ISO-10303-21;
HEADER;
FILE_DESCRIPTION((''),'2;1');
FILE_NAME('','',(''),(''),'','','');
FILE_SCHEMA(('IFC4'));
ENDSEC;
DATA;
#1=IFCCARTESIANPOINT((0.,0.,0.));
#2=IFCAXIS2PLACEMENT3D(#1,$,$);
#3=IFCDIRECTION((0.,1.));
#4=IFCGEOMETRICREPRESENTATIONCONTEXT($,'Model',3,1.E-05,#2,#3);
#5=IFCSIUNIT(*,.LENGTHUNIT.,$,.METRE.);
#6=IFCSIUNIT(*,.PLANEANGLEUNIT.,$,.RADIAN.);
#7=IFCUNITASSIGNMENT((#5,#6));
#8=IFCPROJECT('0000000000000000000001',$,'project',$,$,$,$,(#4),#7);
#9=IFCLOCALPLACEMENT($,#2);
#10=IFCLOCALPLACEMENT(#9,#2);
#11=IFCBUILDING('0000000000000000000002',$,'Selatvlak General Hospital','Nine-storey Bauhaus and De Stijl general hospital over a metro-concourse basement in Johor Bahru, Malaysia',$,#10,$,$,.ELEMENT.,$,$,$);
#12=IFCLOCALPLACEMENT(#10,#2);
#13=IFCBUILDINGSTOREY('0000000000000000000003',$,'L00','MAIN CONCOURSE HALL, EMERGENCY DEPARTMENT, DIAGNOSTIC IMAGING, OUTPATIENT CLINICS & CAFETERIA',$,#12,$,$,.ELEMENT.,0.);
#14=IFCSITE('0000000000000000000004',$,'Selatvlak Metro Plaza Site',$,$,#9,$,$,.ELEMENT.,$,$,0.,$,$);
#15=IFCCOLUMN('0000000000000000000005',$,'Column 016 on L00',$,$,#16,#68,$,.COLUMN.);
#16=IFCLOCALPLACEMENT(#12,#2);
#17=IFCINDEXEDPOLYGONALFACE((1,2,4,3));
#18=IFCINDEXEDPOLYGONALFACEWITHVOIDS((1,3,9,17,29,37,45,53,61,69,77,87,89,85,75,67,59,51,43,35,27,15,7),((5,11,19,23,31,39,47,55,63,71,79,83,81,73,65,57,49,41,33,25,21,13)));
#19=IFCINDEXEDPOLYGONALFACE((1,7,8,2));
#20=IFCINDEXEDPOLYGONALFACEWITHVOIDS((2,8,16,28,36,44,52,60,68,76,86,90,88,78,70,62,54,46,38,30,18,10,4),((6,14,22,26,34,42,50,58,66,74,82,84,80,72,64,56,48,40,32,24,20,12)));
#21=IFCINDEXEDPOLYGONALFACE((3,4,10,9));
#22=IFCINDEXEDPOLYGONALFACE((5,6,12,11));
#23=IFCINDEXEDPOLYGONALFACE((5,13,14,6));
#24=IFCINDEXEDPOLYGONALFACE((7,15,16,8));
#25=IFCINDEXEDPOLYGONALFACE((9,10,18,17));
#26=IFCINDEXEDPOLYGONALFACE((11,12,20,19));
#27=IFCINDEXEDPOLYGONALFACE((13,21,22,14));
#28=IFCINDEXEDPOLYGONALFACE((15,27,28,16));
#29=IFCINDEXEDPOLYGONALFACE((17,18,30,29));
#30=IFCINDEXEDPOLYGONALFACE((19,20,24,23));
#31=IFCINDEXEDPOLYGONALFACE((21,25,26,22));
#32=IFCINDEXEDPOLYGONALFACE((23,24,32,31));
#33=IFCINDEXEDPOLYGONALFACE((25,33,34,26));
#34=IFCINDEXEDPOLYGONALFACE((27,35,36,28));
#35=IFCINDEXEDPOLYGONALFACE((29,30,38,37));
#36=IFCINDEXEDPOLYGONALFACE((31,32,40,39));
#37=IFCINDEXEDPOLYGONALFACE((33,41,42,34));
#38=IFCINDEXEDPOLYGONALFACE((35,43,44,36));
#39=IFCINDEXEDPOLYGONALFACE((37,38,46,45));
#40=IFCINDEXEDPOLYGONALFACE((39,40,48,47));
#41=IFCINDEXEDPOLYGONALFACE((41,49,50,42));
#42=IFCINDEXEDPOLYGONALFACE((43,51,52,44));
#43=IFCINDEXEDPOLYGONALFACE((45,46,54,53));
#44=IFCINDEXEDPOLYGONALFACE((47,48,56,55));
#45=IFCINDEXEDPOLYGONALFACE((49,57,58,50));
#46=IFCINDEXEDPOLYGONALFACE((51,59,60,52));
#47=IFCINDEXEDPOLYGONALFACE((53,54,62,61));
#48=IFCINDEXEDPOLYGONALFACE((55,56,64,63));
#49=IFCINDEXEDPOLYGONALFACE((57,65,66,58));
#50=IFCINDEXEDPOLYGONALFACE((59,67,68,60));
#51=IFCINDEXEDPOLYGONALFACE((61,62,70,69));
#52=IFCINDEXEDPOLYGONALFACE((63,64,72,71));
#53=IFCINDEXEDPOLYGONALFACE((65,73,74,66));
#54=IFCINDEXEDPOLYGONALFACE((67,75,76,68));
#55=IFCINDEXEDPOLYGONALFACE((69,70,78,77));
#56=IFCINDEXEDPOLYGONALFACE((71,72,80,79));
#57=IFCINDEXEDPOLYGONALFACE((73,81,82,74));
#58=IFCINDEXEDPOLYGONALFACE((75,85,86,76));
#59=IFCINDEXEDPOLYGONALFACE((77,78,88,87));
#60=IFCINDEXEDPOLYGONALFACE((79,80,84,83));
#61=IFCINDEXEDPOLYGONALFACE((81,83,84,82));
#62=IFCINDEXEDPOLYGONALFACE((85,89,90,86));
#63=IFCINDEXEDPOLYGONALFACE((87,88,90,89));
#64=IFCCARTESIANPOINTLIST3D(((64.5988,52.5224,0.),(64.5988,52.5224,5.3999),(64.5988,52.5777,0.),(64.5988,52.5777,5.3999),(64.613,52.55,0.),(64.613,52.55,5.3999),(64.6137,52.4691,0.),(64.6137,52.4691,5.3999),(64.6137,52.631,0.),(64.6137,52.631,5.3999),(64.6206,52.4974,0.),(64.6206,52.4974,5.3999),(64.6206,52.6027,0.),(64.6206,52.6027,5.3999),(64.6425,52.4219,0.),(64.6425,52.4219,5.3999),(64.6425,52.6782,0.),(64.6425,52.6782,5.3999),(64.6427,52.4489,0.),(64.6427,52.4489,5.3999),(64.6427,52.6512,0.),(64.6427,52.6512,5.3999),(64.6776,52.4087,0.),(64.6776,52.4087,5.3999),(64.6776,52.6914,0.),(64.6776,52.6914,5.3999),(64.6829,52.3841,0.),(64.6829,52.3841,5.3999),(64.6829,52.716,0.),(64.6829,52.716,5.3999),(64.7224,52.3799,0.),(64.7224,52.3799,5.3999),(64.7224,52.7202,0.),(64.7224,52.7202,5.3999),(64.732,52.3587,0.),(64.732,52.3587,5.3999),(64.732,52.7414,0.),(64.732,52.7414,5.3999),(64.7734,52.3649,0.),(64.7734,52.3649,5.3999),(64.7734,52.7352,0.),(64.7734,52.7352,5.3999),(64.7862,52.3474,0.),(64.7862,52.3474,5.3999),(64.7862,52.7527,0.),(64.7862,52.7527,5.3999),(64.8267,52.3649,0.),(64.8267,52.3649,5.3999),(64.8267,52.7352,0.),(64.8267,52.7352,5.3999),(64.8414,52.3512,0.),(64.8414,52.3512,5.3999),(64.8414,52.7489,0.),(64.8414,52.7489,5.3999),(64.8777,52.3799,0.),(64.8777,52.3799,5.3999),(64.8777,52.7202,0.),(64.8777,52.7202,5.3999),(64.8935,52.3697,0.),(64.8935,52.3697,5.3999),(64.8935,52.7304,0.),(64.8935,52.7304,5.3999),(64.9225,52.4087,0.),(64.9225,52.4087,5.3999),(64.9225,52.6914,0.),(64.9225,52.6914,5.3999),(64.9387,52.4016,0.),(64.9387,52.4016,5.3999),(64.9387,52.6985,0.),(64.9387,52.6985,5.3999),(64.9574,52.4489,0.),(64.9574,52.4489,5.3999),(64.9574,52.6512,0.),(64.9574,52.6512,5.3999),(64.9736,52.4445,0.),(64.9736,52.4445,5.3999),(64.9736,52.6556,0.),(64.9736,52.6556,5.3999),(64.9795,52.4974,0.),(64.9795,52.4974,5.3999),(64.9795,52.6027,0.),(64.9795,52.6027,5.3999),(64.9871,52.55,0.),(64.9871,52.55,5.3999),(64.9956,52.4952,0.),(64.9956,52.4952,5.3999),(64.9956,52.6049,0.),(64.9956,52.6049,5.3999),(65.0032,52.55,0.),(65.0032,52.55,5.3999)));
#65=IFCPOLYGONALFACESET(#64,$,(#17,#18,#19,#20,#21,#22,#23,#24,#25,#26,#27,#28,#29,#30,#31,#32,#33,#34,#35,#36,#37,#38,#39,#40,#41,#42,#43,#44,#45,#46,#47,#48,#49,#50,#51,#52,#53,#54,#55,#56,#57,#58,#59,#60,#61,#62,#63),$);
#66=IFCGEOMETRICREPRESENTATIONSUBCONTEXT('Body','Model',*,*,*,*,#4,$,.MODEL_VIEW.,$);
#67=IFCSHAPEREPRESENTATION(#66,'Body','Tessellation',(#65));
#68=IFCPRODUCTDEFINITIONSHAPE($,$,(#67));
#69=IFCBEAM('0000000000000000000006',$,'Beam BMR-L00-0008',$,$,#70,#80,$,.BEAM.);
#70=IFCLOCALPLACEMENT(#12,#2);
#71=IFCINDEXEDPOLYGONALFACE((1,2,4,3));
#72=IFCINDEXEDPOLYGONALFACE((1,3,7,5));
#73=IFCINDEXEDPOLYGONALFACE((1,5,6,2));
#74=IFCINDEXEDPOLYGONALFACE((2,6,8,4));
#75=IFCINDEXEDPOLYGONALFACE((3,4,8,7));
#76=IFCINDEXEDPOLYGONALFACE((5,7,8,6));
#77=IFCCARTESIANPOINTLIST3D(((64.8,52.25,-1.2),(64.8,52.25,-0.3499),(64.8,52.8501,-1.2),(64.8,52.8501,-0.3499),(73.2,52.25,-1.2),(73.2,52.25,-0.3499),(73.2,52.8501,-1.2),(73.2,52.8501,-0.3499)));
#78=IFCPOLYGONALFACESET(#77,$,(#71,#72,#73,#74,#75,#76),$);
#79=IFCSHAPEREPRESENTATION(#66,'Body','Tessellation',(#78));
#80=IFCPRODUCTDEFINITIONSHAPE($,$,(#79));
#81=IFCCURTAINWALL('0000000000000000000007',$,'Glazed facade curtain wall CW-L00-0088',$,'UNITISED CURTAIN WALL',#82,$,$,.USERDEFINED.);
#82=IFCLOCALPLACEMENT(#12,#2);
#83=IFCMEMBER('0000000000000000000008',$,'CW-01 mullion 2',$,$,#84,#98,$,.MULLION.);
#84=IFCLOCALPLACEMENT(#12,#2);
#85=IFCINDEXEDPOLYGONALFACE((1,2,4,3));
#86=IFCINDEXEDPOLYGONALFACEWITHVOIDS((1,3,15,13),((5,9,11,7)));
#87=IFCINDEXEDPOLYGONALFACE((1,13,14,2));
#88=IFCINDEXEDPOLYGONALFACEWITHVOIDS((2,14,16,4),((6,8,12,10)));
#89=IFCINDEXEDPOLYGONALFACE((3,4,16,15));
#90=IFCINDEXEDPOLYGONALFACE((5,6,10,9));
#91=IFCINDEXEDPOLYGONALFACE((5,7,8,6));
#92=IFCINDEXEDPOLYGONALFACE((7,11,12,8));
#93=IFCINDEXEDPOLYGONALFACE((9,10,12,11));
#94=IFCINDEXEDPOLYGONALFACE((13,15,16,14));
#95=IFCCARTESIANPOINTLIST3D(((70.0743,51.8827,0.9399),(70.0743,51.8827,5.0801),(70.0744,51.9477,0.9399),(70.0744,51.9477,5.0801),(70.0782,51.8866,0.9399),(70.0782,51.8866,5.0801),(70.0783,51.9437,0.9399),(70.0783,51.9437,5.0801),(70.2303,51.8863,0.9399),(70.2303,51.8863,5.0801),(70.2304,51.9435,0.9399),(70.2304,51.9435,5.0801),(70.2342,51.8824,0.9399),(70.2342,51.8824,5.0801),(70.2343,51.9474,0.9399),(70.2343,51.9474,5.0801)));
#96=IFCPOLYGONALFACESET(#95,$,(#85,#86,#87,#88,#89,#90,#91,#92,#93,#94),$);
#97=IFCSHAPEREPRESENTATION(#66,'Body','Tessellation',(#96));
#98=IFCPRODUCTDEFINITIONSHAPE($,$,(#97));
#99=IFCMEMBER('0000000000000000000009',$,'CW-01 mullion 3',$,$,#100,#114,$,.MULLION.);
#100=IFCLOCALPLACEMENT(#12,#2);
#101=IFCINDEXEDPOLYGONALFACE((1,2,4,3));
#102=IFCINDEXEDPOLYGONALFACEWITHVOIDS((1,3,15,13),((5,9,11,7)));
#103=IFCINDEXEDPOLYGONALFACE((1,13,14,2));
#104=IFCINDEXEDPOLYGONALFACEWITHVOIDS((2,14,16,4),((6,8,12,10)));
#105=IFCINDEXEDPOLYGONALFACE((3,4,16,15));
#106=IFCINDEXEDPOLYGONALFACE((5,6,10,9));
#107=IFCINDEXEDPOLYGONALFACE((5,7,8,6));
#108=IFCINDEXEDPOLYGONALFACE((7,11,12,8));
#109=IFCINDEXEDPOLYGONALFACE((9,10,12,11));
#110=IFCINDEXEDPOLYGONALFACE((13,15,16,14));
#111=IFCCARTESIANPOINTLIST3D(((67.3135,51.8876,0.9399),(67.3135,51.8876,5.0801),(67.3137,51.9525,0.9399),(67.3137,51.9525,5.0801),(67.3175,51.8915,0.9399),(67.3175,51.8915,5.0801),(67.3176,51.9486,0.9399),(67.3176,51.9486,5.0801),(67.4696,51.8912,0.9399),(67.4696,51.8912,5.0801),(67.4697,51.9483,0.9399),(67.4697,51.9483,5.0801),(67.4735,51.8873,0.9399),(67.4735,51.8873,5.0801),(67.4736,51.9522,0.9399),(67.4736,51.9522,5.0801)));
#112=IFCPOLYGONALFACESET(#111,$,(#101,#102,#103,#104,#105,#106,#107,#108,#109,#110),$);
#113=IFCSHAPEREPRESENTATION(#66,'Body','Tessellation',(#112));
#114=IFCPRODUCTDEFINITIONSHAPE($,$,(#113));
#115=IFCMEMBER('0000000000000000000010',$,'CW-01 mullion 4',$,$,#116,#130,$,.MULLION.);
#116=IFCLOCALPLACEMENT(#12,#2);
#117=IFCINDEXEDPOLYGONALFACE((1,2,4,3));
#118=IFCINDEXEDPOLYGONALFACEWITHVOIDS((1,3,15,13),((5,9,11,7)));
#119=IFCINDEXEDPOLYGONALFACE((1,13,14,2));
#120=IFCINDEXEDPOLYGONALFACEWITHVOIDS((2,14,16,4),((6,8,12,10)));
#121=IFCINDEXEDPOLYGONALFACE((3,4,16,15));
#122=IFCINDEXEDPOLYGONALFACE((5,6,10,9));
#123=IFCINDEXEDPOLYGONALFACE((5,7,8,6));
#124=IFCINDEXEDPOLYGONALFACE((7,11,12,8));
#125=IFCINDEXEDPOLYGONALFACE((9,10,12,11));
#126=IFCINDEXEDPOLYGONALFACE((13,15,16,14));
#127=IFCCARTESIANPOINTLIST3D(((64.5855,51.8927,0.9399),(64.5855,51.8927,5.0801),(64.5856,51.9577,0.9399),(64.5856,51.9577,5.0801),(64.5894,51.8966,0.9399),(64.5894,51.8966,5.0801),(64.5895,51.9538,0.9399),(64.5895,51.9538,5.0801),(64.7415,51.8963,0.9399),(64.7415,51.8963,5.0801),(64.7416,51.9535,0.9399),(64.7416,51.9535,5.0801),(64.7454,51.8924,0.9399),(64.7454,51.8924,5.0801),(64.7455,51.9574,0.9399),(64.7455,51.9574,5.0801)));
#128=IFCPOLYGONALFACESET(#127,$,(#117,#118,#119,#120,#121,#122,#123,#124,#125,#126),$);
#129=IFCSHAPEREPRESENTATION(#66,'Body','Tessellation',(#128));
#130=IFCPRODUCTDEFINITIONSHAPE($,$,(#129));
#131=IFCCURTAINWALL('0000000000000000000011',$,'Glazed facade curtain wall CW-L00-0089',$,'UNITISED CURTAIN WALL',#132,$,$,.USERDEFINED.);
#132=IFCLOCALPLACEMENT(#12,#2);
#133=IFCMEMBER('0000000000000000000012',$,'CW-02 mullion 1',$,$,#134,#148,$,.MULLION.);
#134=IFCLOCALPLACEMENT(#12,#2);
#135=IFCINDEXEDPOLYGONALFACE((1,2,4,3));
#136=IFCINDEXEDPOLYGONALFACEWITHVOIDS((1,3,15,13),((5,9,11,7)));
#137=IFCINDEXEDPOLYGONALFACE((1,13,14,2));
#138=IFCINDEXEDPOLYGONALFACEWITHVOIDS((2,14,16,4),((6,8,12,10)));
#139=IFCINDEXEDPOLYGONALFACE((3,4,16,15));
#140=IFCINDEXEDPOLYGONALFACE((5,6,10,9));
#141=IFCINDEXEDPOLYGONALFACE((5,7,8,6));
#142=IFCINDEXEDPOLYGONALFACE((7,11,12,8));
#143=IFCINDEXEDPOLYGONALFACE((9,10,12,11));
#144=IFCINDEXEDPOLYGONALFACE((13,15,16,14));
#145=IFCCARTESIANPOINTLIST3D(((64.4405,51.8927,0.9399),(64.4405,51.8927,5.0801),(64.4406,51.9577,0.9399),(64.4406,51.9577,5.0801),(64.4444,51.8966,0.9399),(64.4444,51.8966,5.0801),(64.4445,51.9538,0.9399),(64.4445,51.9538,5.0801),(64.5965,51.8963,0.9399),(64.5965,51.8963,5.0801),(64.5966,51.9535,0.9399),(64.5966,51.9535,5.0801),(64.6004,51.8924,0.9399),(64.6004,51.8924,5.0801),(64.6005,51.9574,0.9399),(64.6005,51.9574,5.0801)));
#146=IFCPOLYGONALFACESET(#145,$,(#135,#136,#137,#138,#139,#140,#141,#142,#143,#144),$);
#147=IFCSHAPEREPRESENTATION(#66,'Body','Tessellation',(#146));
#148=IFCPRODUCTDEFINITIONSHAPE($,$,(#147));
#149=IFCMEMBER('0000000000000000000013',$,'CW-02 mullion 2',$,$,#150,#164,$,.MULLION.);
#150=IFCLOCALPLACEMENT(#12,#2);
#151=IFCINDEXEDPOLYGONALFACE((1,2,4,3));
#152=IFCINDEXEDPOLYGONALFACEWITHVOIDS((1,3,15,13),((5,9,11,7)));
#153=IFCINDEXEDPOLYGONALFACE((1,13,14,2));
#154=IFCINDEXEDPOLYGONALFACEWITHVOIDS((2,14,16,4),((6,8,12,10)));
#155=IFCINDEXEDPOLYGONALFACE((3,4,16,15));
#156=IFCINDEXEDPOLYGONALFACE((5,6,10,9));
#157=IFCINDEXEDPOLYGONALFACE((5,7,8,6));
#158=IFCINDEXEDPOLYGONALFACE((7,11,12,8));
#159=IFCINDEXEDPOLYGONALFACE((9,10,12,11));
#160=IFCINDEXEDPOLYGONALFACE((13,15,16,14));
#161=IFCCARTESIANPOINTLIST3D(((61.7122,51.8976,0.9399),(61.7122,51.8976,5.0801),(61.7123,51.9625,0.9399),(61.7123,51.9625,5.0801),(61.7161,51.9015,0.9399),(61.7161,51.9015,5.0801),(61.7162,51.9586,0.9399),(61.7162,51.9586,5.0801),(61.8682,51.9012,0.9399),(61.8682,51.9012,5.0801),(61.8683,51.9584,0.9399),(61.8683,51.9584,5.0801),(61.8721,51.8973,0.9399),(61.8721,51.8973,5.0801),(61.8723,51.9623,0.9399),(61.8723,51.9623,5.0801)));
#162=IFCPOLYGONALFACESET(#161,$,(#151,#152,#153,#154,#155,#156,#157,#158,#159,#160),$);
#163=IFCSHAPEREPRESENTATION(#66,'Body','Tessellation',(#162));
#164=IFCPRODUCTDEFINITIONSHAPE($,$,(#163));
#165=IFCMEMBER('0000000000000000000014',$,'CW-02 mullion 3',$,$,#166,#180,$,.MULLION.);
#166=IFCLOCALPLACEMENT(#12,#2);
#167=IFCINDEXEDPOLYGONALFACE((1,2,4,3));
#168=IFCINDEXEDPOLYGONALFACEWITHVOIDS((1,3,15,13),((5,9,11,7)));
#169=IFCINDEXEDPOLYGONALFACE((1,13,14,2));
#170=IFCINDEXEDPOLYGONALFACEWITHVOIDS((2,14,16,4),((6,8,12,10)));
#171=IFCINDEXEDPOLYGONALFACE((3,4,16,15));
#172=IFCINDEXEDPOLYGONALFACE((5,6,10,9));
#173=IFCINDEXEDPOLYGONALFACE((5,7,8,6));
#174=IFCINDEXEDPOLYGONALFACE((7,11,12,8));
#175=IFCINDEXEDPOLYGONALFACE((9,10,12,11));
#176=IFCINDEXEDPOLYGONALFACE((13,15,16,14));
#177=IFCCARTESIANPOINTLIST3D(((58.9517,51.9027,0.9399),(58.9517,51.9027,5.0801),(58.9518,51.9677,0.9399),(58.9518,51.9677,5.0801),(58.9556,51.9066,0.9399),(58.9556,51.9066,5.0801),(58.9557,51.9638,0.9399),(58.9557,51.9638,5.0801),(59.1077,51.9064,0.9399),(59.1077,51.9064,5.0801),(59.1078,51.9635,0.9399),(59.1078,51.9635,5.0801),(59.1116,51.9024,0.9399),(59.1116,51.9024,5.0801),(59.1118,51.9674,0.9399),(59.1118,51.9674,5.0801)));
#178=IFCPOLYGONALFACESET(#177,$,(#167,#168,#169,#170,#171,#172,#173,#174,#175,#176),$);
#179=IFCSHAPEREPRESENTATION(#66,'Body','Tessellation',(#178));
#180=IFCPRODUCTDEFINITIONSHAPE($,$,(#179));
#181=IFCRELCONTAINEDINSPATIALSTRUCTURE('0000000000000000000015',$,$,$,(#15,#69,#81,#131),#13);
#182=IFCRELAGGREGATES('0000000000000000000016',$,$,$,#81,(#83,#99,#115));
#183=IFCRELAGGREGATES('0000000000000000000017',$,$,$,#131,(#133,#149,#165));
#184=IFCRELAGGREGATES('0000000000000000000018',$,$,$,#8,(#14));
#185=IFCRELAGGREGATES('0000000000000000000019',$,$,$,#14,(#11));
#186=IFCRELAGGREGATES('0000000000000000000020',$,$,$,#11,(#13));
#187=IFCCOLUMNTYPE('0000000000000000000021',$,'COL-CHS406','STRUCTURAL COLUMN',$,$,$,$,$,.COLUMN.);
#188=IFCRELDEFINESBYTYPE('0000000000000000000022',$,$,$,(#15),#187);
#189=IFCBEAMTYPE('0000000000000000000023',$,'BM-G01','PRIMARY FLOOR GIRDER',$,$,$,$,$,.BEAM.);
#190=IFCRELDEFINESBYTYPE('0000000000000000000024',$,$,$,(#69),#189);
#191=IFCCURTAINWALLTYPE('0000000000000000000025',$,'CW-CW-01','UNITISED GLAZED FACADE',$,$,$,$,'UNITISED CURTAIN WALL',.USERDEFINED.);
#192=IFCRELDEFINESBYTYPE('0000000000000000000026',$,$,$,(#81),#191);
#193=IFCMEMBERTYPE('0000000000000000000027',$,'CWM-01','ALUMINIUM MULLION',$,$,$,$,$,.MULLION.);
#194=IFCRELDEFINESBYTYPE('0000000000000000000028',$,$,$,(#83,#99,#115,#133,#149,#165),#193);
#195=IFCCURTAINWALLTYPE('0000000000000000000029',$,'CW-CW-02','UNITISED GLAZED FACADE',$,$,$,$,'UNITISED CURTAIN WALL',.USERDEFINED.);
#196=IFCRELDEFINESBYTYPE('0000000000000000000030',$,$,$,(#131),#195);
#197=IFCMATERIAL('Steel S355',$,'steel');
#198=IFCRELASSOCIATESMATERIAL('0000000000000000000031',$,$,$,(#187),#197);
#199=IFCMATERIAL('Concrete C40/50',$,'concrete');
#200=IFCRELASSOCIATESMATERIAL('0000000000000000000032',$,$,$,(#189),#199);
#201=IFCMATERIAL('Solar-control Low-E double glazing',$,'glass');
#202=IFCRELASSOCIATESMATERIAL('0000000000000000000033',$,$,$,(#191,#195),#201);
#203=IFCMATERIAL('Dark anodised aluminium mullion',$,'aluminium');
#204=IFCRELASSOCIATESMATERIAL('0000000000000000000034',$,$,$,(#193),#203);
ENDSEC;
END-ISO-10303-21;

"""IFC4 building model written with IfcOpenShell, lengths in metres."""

from ifc_helpers import new_model, si_unit, direction, frame, origin, origin_2d, place, context, subcontext, project, spatial, rectangle, hollow_rectangle, hollow_circle, extrude, material, material_profile, profile_set, type_object, element, aggregate, save


model = new_model("IFC4")

# Units and contexts
model_context = context("Model", 3, precision=1e-05, world=origin(), true_north=direction((0.0, 1.0)))
body_context = subcontext(model_context, "Body", "Model", "MODEL_VIEW")
ifc_project = project(units=[si_unit("LENGTHUNIT", "METRE"), si_unit("PLANEANGLEUNIT", "RADIAN")], contexts=[model_context])

# Site, building, storey
site_placement = place(None, origin())
site = spatial("IfcSite", under=ifc_project, at=site_placement, Name="Selatvlak Metro Plaza Site", CompositionType="ELEMENT", RefElevation=0.0)
building_placement = place(site_placement, origin())
building = spatial("IfcBuilding", under=site, at=building_placement, Name="Selatvlak General Hospital", Description="Nine-storey Bauhaus and De Stijl general hospital over a metro-concourse basement in Johor Bahru, Malaysia", CompositionType="ELEMENT")
storey_placement = place(building_placement, origin())
storey = spatial("IfcBuildingStorey", under=building, at=storey_placement, Name="L00", Description="MAIN CONCOURSE HALL, EMERGENCY DEPARTMENT, DIAGNOSTIC IMAGING, OUTPATIENT CLINICS & CAFETERIA", CompositionType="ELEMENT", Elevation=0.0)

# Column
ifc_material_1 = material(Name="Steel S355", Category="steel")
ifc_material_profile_1 = material_profile(ifc_material_1, hollow_circle(Radius=0.2031, WallThickness=0.0161, at=origin_2d()), Name="CHS 406.4x16")
ifc_profile_set_1 = profile_set([ifc_material_profile_1], Name="Steel S355")
column_type = type_object("IfcColumnType", Name="COL-CHS406", Description="STRUCTURAL COLUMN", PredefinedType="COLUMN", material=ifc_profile_set_1)
column_placement = place(storey_placement, frame((64.8, 52.55, 0.0), z_axis=(0.0, 0.0, 1.0), x_axis=(1.0, 0.0, 0.0)))
element("IfcColumn", 1, at=column_placement, inside=storey, type_object=column_type, Name="Column 016 on L00", PredefinedType="COLUMN", context=body_context, shape_type="SweptSolid", body=[
    extrude(hollow_circle(Radius=0.2031, WallThickness=0.0161, at=origin_2d()), origin(), (0.0, 0.0, 1.0), 5.3999),
])

# Beam
ifc_material_2 = material(Name="Concrete C40/50", Category="concrete")
ifc_material_profile_2 = material_profile(ifc_material_2, rectangle(XDim=0.6001, YDim=0.8501, at=origin_2d()), Name="RC-BM 600x850")
ifc_profile_set_2 = profile_set([ifc_material_profile_2], Name="Concrete C40/50")
beam_type = type_object("IfcBeamType", Name="BM-G01", Description="PRIMARY FLOOR GIRDER", PredefinedType="BEAM", material=ifc_profile_set_2)
beam_placement = place(storey_placement, frame((64.8, 52.55, -0.7749), z_axis=(1.0, 0.0, 0.0), x_axis=(0.0, 1.0, 0.0)))
element("IfcBeam", 2, at=beam_placement, inside=storey, type_object=beam_type, Name="Beam BMR-L00-0008", PredefinedType="BEAM", context=body_context, shape_type="SweptSolid", body=[
    extrude(rectangle(XDim=0.6001, YDim=0.8501, at=origin_2d()), origin(), (0.0, 0.0, 1.0), 8.3999),
])

# Curtain walls, members
ifc_material_3 = material(Name="Solar-control Low-E double glazing", Category="glass")
curtain_wall_type_1 = type_object("IfcCurtainWallType", Name="CW-CW-01", Description="UNITISED GLAZED FACADE", ElementType="UNITISED CURTAIN WALL", PredefinedType="USERDEFINED", material=ifc_material_3)
curtain_wall_1_placement = place(storey_placement, origin())
curtain_wall_1 = element("IfcCurtainWall", 3, at=curtain_wall_1_placement, inside=storey, type_object=curtain_wall_type_1, Name="Glazed facade curtain wall CW-L00-0088", ObjectType="UNITISED CURTAIN WALL", PredefinedType="USERDEFINED")
ifc_material_4 = material(Name="Dark anodised aluminium mullion", Category="aluminium")
ifc_material_profile_3 = material_profile(ifc_material_4, hollow_rectangle(XDim=0.0649, YDim=0.1599, WallThickness=0.0039, at=origin_2d()), Name="AL-MUL 65x160x4")
ifc_profile_set_3 = profile_set([ifc_material_profile_3], Name="Dark anodised aluminium mullion")
member_type_1 = type_object("IfcMemberType", Name="CWM-01", Description="ALUMINIUM MULLION", PredefinedType="MULLION", material=ifc_profile_set_3)
member_1_placement = place(storey_placement, frame((70.1543, 51.915, 0.9399), z_axis=(0.0, 0.0, 1.0), x_axis=(-0.001811, -0.999998, 0.0)))
member_1 = element("IfcMember", 4, at=member_1_placement, type_object=member_type_1, Name="CW-01 mullion 2", PredefinedType="MULLION", context=body_context, shape_type="SweptSolid", body=[
    extrude(hollow_rectangle(XDim=0.0649, YDim=0.1599, WallThickness=0.0039, at=origin_2d()), origin(), (0.0, 0.0, 1.0), 4.1401),
])
member_2_placement = place(storey_placement, frame((67.3936, 51.9199, 0.9399), z_axis=(0.0, 0.0, 1.0), x_axis=(-0.001811, -0.999998, 0.0)))
member_2 = element("IfcMember", 5, at=member_2_placement, type_object=member_type_1, Name="CW-01 mullion 3", PredefinedType="MULLION", context=body_context, shape_type="SweptSolid", body=[
    extrude(hollow_rectangle(XDim=0.0649, YDim=0.1599, WallThickness=0.0039, at=origin_2d()), origin(), (0.0, 0.0, 1.0), 4.1401),
])
member_3_placement = place(storey_placement, frame((64.6655, 51.925, 0.9399), z_axis=(0.0, 0.0, 1.0), x_axis=(-0.001811, -0.999998, 0.0)))
member_3 = element("IfcMember", 6, at=member_3_placement, type_object=member_type_1, Name="CW-01 mullion 4", PredefinedType="MULLION", context=body_context, shape_type="SweptSolid", body=[
    extrude(hollow_rectangle(XDim=0.0649, YDim=0.1599, WallThickness=0.0039, at=origin_2d()), origin(), (0.0, 0.0, 1.0), 4.1401),
])
curtain_wall_type_2 = type_object("IfcCurtainWallType", Name="CW-CW-02", Description="UNITISED GLAZED FACADE", ElementType="UNITISED CURTAIN WALL", PredefinedType="USERDEFINED", material=ifc_material_3)
curtain_wall_2_placement = place(storey_placement, origin())
curtain_wall_2 = element("IfcCurtainWall", 7, at=curtain_wall_2_placement, inside=storey, type_object=curtain_wall_type_2, Name="Glazed facade curtain wall CW-L00-0089", ObjectType="UNITISED CURTAIN WALL", PredefinedType="USERDEFINED")
member_4_placement = place(storey_placement, frame((64.5205, 51.925, 0.9399), z_axis=(0.0, 0.0, 1.0), x_axis=(-0.001811, -0.999998, 0.0)))
member_4 = element("IfcMember", 8, at=member_4_placement, type_object=member_type_1, Name="CW-02 mullion 1", PredefinedType="MULLION", context=body_context, shape_type="SweptSolid", body=[
    extrude(hollow_rectangle(XDim=0.0649, YDim=0.1599, WallThickness=0.0039, at=origin_2d()), origin(), (0.0, 0.0, 1.0), 4.1401),
])
member_5_placement = place(storey_placement, frame((61.7922, 51.9299, 0.9399), z_axis=(0.0, 0.0, 1.0), x_axis=(-0.001811, -0.999998, 0.0)))
member_5 = element("IfcMember", 9, at=member_5_placement, type_object=member_type_1, Name="CW-02 mullion 2", PredefinedType="MULLION", context=body_context, shape_type="SweptSolid", body=[
    extrude(hollow_rectangle(XDim=0.0649, YDim=0.1599, WallThickness=0.0039, at=origin_2d()), origin(), (0.0, 0.0, 1.0), 4.1401),
])
member_6_placement = place(storey_placement, frame((59.0317, 51.9351, 0.9399), z_axis=(0.0, 0.0, 1.0), x_axis=(-0.001811, -0.999998, 0.0)))
member_6 = element("IfcMember", 10, at=member_6_placement, type_object=member_type_1, Name="CW-02 mullion 3", PredefinedType="MULLION", context=body_context, shape_type="SweptSolid", body=[
    extrude(hollow_rectangle(XDim=0.0649, YDim=0.1599, WallThickness=0.0039, at=origin_2d()), origin(), (0.0, 0.0, 1.0), 4.1401),
])

aggregate(curtain_wall_1, [member_1, member_2, member_3])
aggregate(curtain_wall_2, [member_4, member_5, member_6])

save(model, "model.ifc")
